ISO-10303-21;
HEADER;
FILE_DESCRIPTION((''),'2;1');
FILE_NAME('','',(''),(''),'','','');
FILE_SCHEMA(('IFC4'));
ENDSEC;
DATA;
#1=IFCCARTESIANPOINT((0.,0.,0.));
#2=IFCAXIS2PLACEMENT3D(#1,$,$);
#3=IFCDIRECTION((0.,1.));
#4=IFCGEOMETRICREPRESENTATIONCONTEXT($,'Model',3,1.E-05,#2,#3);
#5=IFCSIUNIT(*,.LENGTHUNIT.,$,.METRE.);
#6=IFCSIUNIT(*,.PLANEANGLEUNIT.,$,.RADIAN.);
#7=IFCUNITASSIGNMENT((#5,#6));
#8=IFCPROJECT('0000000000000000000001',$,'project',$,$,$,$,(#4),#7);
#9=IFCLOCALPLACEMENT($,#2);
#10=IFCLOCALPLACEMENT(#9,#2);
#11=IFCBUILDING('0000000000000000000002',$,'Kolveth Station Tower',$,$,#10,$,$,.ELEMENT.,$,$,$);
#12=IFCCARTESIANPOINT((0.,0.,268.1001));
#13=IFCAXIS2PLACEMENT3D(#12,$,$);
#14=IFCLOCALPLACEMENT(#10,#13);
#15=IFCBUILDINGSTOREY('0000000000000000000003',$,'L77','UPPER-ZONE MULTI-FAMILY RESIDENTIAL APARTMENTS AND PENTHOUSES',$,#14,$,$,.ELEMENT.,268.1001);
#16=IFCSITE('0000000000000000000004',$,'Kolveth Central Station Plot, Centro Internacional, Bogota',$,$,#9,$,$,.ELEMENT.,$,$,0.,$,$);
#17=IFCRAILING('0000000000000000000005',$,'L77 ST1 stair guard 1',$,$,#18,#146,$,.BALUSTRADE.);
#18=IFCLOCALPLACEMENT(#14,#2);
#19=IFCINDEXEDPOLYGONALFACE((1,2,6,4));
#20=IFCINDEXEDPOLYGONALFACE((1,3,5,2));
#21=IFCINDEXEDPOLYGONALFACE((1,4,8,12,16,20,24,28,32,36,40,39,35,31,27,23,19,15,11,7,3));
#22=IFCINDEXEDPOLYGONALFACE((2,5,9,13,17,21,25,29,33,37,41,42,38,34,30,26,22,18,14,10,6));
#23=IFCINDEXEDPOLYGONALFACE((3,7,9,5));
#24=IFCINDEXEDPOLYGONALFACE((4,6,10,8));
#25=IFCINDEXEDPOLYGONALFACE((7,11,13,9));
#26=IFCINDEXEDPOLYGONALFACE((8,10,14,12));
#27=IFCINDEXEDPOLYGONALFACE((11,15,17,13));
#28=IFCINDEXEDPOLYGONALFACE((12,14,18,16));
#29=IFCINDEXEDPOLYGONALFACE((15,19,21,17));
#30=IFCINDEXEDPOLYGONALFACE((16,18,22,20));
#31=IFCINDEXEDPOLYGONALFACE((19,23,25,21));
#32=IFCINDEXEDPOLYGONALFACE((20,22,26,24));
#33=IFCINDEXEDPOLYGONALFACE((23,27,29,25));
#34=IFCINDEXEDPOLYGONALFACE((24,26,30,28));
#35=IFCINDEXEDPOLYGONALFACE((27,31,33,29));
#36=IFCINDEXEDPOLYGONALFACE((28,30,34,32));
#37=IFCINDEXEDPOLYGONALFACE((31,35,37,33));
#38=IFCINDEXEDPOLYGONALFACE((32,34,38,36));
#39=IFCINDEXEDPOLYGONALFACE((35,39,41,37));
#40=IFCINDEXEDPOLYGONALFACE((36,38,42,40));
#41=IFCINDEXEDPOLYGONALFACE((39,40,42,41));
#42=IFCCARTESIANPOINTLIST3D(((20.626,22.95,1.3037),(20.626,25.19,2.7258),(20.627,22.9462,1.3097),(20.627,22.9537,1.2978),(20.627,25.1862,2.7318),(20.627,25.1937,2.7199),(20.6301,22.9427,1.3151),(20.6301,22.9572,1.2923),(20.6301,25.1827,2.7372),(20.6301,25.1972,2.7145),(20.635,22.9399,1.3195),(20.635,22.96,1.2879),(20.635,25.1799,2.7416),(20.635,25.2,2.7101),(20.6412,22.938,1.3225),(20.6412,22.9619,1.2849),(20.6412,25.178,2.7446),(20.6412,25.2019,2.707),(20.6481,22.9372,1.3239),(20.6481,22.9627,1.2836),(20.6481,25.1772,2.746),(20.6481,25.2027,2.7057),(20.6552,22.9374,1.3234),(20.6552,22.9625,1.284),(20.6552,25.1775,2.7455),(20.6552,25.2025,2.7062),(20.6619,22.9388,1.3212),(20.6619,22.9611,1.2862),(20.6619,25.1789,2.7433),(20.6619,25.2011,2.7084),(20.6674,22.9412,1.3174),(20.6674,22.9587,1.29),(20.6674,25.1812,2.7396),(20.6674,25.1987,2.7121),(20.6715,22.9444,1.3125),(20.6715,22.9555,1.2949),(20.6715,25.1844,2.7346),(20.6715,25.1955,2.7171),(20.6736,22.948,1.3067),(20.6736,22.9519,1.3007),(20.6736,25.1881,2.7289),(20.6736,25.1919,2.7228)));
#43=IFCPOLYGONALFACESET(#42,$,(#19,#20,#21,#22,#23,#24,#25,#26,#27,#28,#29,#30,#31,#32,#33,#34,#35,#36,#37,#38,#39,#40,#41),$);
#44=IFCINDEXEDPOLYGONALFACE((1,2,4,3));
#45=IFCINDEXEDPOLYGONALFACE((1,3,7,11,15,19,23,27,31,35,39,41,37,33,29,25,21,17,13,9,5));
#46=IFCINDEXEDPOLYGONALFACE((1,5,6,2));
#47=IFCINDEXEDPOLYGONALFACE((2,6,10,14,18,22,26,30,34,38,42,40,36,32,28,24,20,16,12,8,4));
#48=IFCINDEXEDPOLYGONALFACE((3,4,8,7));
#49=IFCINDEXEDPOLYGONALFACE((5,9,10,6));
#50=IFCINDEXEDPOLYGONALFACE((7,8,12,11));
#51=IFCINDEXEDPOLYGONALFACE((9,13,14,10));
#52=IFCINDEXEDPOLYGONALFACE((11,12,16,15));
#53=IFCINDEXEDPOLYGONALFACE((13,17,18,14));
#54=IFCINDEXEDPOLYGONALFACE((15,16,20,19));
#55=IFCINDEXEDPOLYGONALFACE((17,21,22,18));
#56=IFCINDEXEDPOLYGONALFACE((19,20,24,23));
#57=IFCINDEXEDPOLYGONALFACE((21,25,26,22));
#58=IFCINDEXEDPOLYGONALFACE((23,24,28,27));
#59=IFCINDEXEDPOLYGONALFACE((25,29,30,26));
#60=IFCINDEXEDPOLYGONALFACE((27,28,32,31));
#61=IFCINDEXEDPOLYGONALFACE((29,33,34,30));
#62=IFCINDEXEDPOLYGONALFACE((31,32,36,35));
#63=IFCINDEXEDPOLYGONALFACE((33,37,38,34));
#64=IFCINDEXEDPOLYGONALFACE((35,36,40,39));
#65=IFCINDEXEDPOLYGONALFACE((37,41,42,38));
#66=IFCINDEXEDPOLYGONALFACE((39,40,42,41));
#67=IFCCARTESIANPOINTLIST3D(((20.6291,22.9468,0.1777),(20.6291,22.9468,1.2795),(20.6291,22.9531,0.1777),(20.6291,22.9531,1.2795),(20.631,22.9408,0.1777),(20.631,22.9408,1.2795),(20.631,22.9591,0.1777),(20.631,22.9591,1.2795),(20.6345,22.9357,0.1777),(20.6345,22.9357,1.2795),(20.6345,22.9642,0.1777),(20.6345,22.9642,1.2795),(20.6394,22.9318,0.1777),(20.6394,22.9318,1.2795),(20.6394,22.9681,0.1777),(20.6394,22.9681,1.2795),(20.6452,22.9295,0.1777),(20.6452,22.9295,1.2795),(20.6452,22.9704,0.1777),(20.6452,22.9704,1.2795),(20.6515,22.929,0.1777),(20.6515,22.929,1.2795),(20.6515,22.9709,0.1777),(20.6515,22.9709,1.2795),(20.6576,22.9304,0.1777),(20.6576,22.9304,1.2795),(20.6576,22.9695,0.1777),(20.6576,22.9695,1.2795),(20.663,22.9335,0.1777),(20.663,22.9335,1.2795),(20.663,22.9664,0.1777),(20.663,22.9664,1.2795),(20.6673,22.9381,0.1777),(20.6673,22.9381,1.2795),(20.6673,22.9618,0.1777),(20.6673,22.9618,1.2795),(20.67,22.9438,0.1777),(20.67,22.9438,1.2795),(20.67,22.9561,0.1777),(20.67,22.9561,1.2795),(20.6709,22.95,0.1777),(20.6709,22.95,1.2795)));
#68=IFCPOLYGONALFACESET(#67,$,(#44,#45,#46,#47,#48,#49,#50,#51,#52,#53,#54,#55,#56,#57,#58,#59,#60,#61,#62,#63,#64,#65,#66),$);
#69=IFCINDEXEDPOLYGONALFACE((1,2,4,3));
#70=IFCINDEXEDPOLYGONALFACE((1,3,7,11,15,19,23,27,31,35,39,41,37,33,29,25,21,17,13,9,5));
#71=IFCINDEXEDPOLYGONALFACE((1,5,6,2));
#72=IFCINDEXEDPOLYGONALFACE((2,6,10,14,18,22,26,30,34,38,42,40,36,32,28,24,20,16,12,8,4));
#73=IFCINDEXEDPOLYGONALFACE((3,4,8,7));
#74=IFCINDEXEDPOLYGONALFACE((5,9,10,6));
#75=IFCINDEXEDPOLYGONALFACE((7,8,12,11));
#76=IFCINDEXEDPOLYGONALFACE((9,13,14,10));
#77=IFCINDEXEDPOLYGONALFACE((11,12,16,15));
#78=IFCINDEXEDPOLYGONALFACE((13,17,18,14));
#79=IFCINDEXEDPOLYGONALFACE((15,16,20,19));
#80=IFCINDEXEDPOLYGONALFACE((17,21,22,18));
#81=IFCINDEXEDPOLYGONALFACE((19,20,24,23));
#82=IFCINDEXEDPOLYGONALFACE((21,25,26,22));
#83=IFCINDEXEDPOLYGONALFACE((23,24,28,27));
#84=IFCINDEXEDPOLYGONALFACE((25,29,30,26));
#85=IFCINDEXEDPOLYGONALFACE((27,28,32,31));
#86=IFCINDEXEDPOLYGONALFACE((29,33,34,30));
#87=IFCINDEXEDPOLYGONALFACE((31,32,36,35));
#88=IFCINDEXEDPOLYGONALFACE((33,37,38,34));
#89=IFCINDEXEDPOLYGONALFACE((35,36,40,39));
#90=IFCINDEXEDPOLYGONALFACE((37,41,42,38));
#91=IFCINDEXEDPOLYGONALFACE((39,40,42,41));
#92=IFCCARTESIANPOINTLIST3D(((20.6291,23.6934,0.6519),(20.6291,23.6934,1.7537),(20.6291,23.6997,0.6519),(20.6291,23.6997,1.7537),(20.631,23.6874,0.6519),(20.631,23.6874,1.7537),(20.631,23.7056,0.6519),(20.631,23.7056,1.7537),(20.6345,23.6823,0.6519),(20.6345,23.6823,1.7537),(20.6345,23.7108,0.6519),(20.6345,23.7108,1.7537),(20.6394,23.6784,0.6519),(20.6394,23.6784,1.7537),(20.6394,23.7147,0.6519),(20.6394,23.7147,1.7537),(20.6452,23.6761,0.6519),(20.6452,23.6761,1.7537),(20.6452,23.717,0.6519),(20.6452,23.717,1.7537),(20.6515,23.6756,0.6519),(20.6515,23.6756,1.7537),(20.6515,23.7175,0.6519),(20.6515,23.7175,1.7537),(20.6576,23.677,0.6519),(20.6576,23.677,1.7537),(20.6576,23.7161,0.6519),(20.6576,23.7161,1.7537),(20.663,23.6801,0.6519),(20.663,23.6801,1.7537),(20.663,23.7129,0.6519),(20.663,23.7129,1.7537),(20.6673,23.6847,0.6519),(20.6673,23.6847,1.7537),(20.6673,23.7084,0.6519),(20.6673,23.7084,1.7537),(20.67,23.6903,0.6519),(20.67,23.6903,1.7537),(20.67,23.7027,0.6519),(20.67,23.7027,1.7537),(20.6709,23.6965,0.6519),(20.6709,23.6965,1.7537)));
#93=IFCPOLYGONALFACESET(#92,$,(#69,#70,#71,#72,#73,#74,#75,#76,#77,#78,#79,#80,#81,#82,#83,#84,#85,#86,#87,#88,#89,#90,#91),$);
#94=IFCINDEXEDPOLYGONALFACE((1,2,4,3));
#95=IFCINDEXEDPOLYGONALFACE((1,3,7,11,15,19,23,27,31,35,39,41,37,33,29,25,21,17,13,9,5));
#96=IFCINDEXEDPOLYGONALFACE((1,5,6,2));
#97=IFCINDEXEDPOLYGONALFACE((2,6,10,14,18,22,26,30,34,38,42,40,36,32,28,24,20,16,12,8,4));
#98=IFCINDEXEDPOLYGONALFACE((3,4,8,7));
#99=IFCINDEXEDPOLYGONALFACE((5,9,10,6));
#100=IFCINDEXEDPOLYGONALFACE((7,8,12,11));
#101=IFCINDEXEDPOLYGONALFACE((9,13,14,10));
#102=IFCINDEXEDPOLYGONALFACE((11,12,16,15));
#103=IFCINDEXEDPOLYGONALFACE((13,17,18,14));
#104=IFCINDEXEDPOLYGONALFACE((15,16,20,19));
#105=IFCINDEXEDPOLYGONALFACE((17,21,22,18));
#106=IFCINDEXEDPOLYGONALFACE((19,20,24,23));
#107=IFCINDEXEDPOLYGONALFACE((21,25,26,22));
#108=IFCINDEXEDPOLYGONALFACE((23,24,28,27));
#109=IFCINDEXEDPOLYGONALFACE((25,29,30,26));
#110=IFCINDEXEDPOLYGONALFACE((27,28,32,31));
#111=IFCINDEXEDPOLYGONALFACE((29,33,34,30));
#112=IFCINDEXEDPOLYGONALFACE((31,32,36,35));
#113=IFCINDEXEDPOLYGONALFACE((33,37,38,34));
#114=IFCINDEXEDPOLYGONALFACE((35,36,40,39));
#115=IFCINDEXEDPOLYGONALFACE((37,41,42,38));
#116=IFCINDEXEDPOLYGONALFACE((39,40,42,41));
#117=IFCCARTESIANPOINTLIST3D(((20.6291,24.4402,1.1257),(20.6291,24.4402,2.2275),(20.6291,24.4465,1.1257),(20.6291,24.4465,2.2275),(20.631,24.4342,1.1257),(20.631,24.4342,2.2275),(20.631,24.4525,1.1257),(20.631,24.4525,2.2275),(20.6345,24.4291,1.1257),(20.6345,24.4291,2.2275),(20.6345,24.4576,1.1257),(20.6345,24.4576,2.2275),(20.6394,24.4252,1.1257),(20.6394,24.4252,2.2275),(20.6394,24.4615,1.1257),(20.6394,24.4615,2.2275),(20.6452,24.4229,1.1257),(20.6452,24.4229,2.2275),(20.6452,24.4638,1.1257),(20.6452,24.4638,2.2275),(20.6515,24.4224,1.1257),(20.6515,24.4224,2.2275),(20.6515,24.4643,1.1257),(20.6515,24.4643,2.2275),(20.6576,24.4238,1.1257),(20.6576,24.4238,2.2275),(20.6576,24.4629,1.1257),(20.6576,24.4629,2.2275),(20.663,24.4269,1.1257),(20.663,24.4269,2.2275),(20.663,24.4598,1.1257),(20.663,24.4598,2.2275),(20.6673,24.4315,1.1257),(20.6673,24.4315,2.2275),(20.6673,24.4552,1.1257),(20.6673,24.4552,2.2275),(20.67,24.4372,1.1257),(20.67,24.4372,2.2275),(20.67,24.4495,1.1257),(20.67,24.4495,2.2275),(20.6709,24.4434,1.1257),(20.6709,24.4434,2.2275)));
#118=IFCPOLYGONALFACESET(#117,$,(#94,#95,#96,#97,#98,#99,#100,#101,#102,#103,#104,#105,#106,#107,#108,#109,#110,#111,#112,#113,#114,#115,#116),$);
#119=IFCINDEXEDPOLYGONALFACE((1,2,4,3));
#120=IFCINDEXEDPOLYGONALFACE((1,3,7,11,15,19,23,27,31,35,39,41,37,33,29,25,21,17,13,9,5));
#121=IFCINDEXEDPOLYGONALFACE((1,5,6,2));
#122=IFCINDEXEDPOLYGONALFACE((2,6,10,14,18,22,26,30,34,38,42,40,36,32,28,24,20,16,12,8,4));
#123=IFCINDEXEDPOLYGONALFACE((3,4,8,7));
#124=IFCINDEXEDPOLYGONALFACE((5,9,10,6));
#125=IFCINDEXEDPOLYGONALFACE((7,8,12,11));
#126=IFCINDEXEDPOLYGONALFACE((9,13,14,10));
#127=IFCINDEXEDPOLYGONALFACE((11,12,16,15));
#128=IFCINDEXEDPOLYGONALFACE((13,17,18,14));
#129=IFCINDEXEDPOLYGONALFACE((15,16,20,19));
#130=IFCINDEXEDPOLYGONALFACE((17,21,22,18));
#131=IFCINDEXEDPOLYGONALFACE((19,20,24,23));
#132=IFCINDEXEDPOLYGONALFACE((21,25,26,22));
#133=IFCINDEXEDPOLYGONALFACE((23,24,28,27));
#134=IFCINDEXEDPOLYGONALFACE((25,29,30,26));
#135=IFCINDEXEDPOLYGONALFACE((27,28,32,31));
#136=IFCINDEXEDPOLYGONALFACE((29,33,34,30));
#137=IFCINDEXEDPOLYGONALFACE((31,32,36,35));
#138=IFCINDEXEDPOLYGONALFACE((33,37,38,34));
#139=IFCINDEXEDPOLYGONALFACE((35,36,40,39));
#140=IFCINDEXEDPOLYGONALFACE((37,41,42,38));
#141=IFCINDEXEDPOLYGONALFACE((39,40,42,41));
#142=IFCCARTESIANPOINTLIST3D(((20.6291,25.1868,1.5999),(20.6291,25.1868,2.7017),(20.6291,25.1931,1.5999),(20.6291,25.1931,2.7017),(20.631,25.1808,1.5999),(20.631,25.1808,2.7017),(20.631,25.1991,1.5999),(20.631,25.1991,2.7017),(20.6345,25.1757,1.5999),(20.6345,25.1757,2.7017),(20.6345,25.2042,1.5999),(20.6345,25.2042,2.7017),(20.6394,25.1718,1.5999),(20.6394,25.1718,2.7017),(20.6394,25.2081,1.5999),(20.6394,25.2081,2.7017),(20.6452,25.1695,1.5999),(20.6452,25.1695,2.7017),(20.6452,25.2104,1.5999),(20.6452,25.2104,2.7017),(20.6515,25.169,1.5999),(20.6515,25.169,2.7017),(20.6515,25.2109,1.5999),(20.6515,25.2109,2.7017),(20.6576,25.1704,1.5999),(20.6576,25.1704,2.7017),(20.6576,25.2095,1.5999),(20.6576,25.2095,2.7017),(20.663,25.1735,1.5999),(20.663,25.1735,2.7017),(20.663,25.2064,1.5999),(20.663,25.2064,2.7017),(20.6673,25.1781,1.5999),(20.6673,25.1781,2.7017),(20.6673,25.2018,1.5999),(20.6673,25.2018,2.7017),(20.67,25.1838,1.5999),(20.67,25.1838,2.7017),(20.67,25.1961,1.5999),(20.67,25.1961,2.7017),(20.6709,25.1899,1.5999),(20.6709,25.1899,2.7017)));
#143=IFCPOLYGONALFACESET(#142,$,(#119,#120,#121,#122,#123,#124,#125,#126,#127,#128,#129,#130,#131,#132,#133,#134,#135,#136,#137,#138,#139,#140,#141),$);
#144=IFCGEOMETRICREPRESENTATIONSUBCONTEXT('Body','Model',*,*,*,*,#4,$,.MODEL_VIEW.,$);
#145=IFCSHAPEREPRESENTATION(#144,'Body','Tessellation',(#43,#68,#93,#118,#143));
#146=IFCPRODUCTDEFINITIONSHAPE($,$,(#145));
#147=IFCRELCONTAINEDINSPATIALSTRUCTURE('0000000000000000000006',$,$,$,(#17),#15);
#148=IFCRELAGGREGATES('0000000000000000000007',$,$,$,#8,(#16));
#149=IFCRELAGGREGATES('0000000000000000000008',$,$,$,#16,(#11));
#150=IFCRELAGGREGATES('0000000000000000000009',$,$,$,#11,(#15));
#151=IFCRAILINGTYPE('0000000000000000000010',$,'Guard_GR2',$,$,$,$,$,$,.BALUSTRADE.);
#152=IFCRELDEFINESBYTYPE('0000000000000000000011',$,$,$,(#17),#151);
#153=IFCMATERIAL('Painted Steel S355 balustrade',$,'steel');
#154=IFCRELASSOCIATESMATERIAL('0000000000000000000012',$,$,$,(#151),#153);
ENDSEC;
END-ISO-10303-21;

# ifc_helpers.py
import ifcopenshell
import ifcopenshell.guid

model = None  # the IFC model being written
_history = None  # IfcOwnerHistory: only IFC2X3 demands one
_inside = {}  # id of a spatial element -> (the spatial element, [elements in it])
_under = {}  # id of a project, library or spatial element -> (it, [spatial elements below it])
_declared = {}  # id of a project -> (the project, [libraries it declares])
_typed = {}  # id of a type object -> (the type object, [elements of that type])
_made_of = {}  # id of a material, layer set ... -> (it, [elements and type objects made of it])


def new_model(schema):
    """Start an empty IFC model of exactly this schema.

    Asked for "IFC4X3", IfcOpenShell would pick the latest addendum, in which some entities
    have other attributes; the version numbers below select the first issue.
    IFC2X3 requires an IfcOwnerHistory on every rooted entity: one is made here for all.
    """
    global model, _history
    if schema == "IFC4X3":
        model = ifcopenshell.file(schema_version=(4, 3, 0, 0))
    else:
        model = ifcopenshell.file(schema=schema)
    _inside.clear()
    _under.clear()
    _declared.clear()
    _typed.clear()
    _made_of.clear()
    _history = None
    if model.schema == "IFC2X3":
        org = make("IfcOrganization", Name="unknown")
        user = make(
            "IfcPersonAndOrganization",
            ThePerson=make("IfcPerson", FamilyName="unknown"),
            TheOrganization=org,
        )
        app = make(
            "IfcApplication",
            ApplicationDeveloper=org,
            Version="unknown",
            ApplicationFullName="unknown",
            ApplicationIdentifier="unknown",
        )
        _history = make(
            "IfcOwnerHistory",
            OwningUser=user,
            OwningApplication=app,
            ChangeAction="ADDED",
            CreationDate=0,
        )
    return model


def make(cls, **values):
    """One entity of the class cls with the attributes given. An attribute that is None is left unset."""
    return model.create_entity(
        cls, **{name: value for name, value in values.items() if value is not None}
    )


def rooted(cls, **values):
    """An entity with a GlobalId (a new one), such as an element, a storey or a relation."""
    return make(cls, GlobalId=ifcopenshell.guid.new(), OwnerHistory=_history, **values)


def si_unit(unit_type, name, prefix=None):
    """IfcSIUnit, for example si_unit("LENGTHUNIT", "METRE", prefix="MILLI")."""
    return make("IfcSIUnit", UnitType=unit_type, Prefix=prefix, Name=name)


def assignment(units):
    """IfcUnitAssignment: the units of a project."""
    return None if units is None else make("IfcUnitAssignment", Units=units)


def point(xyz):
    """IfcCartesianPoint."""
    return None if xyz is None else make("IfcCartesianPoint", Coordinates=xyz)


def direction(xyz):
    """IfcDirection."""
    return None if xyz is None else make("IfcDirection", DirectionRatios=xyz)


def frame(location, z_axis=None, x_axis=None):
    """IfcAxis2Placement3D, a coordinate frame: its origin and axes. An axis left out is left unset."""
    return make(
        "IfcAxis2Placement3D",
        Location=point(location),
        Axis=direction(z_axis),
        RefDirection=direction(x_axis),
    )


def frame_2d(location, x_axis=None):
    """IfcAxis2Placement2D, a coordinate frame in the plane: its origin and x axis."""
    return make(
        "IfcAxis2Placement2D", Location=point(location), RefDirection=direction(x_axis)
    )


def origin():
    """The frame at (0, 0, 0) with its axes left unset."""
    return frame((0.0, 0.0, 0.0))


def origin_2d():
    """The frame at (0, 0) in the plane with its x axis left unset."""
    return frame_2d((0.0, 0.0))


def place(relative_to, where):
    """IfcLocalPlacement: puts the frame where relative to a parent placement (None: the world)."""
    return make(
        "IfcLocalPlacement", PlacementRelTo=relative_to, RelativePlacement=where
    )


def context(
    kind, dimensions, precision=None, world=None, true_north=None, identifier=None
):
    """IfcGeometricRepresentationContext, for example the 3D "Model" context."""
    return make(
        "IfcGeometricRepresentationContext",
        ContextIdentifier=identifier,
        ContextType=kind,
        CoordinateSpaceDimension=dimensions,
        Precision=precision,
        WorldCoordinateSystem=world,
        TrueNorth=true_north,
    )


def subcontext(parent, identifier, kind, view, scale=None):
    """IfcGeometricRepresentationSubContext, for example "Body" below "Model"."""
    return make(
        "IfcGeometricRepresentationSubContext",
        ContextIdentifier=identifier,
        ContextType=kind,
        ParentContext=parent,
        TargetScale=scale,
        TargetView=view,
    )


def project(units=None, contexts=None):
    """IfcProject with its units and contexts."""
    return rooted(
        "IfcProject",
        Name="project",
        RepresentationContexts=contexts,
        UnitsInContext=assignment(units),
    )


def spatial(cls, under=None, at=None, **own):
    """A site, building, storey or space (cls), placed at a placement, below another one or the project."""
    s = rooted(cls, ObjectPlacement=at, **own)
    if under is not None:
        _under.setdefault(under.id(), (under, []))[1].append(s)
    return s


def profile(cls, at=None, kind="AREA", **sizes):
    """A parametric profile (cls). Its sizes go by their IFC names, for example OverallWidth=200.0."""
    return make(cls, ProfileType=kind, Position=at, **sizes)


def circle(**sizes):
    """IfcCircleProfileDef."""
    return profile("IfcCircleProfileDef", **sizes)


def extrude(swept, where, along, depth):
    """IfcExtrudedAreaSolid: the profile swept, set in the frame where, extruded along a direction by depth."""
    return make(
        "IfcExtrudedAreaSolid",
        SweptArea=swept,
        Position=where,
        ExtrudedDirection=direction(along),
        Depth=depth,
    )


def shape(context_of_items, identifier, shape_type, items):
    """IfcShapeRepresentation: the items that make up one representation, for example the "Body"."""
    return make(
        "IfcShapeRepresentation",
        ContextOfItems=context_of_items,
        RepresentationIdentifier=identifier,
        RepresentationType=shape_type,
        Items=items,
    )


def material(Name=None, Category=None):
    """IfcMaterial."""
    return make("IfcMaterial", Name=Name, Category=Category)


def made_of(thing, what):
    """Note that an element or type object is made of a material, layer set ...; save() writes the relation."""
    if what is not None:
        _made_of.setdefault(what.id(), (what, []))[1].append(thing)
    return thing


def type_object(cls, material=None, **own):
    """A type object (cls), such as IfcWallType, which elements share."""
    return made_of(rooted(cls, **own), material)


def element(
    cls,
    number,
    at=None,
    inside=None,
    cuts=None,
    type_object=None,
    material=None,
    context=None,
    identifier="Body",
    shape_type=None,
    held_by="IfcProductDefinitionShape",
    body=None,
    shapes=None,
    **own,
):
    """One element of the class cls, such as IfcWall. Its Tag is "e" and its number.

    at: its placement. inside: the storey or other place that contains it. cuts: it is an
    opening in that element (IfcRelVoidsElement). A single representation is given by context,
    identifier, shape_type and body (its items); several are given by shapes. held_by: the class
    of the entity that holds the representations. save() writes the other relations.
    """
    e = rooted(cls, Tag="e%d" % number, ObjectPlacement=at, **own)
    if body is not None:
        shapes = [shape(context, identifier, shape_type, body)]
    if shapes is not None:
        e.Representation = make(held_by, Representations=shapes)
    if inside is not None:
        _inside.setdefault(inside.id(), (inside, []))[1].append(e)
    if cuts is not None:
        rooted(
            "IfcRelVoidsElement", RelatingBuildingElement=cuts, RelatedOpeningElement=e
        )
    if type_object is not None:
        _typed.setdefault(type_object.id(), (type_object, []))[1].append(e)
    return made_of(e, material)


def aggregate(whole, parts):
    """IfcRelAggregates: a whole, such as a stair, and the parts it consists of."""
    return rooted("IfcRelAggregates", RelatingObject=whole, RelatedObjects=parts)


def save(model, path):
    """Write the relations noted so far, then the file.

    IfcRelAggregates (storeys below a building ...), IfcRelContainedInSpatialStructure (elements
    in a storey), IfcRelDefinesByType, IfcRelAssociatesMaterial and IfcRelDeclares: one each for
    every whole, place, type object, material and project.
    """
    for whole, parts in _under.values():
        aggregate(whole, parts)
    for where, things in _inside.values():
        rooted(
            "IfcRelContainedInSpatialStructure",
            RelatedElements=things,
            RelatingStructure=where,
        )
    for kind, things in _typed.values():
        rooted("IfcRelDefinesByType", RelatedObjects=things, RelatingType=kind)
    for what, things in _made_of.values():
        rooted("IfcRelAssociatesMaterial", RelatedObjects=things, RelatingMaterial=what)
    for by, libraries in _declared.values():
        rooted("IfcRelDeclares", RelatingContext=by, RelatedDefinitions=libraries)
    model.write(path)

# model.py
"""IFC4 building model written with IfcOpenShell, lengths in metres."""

from ifc_helpers import new_model, si_unit, direction, frame, origin, origin_2d, place, context, subcontext, project, spatial, circle, extrude, material, type_object, element, save


model = new_model("IFC4")

# Units and contexts
model_context = context("Model", 3, precision=1e-05, world=origin(), true_north=direction((0.0, 1.0)))
body_context = subcontext(model_context, "Body", "Model", "MODEL_VIEW")
ifc_project = project(units=[si_unit("LENGTHUNIT", "METRE"), si_unit("PLANEANGLEUNIT", "RADIAN")], contexts=[model_context])

# Site, building, storey
site_placement = place(None, origin())
site = spatial("IfcSite", under=ifc_project, at=site_placement, Name="Kolveth Central Station Plot, Centro Internacional, Bogota", CompositionType="ELEMENT", RefElevation=0.0)
building_placement = place(site_placement, origin())
building = spatial("IfcBuilding", under=site, at=building_placement, Name="Kolveth Station Tower", CompositionType="ELEMENT")
storey_placement = place(building_placement, frame((0.0, 0.0, 268.1001)))
storey = spatial("IfcBuildingStorey", under=building, at=storey_placement, Name="L77", Description="UPPER-ZONE MULTI-FAMILY RESIDENTIAL APARTMENTS AND PENTHOUSES", CompositionType="ELEMENT", Elevation=268.1001)

# Railing
ifc_material_1 = material(Name="Painted Steel S355 balustrade", Category="steel")
railing_type_1 = type_object("IfcRailingType", Name="Guard_GR2", PredefinedType="BALUSTRADE", material=ifc_material_1)
railing_1_placement = place(storey_placement, frame((20.6499, 22.95, 0.1777)))
element("IfcRailing", 1, at=railing_1_placement, inside=storey, type_object=railing_type_1, Name="L77 ST1 stair guard 1", PredefinedType="BALUSTRADE", context=body_context, shape_type="SweptSolid", body=[
    extrude(circle(Radius=0.0239, at=origin_2d()), frame((0.0, 0.0, 1.126), z_axis=(0.0, 0.844229, 0.535982), x_axis=(-1.0, 0.0, 0.0)), (0.0, 0.0, 1.0), 2.6533),
    extrude(circle(Radius=0.021, at=origin_2d()), origin(), (0.0, 0.0, 1.0), 1.1018),
    extrude(circle(Radius=0.021, at=origin_2d()), frame((0.0, 0.7466, 0.4741)), (0.0, 0.0, 1.0), 1.1018),
    extrude(circle(Radius=0.021, at=origin_2d()), frame((0.0, 1.4934, 0.948)), (0.0, 0.0, 1.0), 1.1018),
    extrude(circle(Radius=0.021, at=origin_2d()), frame((0.0, 2.24, 1.4221)), (0.0, 0.0, 1.0), 1.1018),
])

save(model, "model.ifc")
